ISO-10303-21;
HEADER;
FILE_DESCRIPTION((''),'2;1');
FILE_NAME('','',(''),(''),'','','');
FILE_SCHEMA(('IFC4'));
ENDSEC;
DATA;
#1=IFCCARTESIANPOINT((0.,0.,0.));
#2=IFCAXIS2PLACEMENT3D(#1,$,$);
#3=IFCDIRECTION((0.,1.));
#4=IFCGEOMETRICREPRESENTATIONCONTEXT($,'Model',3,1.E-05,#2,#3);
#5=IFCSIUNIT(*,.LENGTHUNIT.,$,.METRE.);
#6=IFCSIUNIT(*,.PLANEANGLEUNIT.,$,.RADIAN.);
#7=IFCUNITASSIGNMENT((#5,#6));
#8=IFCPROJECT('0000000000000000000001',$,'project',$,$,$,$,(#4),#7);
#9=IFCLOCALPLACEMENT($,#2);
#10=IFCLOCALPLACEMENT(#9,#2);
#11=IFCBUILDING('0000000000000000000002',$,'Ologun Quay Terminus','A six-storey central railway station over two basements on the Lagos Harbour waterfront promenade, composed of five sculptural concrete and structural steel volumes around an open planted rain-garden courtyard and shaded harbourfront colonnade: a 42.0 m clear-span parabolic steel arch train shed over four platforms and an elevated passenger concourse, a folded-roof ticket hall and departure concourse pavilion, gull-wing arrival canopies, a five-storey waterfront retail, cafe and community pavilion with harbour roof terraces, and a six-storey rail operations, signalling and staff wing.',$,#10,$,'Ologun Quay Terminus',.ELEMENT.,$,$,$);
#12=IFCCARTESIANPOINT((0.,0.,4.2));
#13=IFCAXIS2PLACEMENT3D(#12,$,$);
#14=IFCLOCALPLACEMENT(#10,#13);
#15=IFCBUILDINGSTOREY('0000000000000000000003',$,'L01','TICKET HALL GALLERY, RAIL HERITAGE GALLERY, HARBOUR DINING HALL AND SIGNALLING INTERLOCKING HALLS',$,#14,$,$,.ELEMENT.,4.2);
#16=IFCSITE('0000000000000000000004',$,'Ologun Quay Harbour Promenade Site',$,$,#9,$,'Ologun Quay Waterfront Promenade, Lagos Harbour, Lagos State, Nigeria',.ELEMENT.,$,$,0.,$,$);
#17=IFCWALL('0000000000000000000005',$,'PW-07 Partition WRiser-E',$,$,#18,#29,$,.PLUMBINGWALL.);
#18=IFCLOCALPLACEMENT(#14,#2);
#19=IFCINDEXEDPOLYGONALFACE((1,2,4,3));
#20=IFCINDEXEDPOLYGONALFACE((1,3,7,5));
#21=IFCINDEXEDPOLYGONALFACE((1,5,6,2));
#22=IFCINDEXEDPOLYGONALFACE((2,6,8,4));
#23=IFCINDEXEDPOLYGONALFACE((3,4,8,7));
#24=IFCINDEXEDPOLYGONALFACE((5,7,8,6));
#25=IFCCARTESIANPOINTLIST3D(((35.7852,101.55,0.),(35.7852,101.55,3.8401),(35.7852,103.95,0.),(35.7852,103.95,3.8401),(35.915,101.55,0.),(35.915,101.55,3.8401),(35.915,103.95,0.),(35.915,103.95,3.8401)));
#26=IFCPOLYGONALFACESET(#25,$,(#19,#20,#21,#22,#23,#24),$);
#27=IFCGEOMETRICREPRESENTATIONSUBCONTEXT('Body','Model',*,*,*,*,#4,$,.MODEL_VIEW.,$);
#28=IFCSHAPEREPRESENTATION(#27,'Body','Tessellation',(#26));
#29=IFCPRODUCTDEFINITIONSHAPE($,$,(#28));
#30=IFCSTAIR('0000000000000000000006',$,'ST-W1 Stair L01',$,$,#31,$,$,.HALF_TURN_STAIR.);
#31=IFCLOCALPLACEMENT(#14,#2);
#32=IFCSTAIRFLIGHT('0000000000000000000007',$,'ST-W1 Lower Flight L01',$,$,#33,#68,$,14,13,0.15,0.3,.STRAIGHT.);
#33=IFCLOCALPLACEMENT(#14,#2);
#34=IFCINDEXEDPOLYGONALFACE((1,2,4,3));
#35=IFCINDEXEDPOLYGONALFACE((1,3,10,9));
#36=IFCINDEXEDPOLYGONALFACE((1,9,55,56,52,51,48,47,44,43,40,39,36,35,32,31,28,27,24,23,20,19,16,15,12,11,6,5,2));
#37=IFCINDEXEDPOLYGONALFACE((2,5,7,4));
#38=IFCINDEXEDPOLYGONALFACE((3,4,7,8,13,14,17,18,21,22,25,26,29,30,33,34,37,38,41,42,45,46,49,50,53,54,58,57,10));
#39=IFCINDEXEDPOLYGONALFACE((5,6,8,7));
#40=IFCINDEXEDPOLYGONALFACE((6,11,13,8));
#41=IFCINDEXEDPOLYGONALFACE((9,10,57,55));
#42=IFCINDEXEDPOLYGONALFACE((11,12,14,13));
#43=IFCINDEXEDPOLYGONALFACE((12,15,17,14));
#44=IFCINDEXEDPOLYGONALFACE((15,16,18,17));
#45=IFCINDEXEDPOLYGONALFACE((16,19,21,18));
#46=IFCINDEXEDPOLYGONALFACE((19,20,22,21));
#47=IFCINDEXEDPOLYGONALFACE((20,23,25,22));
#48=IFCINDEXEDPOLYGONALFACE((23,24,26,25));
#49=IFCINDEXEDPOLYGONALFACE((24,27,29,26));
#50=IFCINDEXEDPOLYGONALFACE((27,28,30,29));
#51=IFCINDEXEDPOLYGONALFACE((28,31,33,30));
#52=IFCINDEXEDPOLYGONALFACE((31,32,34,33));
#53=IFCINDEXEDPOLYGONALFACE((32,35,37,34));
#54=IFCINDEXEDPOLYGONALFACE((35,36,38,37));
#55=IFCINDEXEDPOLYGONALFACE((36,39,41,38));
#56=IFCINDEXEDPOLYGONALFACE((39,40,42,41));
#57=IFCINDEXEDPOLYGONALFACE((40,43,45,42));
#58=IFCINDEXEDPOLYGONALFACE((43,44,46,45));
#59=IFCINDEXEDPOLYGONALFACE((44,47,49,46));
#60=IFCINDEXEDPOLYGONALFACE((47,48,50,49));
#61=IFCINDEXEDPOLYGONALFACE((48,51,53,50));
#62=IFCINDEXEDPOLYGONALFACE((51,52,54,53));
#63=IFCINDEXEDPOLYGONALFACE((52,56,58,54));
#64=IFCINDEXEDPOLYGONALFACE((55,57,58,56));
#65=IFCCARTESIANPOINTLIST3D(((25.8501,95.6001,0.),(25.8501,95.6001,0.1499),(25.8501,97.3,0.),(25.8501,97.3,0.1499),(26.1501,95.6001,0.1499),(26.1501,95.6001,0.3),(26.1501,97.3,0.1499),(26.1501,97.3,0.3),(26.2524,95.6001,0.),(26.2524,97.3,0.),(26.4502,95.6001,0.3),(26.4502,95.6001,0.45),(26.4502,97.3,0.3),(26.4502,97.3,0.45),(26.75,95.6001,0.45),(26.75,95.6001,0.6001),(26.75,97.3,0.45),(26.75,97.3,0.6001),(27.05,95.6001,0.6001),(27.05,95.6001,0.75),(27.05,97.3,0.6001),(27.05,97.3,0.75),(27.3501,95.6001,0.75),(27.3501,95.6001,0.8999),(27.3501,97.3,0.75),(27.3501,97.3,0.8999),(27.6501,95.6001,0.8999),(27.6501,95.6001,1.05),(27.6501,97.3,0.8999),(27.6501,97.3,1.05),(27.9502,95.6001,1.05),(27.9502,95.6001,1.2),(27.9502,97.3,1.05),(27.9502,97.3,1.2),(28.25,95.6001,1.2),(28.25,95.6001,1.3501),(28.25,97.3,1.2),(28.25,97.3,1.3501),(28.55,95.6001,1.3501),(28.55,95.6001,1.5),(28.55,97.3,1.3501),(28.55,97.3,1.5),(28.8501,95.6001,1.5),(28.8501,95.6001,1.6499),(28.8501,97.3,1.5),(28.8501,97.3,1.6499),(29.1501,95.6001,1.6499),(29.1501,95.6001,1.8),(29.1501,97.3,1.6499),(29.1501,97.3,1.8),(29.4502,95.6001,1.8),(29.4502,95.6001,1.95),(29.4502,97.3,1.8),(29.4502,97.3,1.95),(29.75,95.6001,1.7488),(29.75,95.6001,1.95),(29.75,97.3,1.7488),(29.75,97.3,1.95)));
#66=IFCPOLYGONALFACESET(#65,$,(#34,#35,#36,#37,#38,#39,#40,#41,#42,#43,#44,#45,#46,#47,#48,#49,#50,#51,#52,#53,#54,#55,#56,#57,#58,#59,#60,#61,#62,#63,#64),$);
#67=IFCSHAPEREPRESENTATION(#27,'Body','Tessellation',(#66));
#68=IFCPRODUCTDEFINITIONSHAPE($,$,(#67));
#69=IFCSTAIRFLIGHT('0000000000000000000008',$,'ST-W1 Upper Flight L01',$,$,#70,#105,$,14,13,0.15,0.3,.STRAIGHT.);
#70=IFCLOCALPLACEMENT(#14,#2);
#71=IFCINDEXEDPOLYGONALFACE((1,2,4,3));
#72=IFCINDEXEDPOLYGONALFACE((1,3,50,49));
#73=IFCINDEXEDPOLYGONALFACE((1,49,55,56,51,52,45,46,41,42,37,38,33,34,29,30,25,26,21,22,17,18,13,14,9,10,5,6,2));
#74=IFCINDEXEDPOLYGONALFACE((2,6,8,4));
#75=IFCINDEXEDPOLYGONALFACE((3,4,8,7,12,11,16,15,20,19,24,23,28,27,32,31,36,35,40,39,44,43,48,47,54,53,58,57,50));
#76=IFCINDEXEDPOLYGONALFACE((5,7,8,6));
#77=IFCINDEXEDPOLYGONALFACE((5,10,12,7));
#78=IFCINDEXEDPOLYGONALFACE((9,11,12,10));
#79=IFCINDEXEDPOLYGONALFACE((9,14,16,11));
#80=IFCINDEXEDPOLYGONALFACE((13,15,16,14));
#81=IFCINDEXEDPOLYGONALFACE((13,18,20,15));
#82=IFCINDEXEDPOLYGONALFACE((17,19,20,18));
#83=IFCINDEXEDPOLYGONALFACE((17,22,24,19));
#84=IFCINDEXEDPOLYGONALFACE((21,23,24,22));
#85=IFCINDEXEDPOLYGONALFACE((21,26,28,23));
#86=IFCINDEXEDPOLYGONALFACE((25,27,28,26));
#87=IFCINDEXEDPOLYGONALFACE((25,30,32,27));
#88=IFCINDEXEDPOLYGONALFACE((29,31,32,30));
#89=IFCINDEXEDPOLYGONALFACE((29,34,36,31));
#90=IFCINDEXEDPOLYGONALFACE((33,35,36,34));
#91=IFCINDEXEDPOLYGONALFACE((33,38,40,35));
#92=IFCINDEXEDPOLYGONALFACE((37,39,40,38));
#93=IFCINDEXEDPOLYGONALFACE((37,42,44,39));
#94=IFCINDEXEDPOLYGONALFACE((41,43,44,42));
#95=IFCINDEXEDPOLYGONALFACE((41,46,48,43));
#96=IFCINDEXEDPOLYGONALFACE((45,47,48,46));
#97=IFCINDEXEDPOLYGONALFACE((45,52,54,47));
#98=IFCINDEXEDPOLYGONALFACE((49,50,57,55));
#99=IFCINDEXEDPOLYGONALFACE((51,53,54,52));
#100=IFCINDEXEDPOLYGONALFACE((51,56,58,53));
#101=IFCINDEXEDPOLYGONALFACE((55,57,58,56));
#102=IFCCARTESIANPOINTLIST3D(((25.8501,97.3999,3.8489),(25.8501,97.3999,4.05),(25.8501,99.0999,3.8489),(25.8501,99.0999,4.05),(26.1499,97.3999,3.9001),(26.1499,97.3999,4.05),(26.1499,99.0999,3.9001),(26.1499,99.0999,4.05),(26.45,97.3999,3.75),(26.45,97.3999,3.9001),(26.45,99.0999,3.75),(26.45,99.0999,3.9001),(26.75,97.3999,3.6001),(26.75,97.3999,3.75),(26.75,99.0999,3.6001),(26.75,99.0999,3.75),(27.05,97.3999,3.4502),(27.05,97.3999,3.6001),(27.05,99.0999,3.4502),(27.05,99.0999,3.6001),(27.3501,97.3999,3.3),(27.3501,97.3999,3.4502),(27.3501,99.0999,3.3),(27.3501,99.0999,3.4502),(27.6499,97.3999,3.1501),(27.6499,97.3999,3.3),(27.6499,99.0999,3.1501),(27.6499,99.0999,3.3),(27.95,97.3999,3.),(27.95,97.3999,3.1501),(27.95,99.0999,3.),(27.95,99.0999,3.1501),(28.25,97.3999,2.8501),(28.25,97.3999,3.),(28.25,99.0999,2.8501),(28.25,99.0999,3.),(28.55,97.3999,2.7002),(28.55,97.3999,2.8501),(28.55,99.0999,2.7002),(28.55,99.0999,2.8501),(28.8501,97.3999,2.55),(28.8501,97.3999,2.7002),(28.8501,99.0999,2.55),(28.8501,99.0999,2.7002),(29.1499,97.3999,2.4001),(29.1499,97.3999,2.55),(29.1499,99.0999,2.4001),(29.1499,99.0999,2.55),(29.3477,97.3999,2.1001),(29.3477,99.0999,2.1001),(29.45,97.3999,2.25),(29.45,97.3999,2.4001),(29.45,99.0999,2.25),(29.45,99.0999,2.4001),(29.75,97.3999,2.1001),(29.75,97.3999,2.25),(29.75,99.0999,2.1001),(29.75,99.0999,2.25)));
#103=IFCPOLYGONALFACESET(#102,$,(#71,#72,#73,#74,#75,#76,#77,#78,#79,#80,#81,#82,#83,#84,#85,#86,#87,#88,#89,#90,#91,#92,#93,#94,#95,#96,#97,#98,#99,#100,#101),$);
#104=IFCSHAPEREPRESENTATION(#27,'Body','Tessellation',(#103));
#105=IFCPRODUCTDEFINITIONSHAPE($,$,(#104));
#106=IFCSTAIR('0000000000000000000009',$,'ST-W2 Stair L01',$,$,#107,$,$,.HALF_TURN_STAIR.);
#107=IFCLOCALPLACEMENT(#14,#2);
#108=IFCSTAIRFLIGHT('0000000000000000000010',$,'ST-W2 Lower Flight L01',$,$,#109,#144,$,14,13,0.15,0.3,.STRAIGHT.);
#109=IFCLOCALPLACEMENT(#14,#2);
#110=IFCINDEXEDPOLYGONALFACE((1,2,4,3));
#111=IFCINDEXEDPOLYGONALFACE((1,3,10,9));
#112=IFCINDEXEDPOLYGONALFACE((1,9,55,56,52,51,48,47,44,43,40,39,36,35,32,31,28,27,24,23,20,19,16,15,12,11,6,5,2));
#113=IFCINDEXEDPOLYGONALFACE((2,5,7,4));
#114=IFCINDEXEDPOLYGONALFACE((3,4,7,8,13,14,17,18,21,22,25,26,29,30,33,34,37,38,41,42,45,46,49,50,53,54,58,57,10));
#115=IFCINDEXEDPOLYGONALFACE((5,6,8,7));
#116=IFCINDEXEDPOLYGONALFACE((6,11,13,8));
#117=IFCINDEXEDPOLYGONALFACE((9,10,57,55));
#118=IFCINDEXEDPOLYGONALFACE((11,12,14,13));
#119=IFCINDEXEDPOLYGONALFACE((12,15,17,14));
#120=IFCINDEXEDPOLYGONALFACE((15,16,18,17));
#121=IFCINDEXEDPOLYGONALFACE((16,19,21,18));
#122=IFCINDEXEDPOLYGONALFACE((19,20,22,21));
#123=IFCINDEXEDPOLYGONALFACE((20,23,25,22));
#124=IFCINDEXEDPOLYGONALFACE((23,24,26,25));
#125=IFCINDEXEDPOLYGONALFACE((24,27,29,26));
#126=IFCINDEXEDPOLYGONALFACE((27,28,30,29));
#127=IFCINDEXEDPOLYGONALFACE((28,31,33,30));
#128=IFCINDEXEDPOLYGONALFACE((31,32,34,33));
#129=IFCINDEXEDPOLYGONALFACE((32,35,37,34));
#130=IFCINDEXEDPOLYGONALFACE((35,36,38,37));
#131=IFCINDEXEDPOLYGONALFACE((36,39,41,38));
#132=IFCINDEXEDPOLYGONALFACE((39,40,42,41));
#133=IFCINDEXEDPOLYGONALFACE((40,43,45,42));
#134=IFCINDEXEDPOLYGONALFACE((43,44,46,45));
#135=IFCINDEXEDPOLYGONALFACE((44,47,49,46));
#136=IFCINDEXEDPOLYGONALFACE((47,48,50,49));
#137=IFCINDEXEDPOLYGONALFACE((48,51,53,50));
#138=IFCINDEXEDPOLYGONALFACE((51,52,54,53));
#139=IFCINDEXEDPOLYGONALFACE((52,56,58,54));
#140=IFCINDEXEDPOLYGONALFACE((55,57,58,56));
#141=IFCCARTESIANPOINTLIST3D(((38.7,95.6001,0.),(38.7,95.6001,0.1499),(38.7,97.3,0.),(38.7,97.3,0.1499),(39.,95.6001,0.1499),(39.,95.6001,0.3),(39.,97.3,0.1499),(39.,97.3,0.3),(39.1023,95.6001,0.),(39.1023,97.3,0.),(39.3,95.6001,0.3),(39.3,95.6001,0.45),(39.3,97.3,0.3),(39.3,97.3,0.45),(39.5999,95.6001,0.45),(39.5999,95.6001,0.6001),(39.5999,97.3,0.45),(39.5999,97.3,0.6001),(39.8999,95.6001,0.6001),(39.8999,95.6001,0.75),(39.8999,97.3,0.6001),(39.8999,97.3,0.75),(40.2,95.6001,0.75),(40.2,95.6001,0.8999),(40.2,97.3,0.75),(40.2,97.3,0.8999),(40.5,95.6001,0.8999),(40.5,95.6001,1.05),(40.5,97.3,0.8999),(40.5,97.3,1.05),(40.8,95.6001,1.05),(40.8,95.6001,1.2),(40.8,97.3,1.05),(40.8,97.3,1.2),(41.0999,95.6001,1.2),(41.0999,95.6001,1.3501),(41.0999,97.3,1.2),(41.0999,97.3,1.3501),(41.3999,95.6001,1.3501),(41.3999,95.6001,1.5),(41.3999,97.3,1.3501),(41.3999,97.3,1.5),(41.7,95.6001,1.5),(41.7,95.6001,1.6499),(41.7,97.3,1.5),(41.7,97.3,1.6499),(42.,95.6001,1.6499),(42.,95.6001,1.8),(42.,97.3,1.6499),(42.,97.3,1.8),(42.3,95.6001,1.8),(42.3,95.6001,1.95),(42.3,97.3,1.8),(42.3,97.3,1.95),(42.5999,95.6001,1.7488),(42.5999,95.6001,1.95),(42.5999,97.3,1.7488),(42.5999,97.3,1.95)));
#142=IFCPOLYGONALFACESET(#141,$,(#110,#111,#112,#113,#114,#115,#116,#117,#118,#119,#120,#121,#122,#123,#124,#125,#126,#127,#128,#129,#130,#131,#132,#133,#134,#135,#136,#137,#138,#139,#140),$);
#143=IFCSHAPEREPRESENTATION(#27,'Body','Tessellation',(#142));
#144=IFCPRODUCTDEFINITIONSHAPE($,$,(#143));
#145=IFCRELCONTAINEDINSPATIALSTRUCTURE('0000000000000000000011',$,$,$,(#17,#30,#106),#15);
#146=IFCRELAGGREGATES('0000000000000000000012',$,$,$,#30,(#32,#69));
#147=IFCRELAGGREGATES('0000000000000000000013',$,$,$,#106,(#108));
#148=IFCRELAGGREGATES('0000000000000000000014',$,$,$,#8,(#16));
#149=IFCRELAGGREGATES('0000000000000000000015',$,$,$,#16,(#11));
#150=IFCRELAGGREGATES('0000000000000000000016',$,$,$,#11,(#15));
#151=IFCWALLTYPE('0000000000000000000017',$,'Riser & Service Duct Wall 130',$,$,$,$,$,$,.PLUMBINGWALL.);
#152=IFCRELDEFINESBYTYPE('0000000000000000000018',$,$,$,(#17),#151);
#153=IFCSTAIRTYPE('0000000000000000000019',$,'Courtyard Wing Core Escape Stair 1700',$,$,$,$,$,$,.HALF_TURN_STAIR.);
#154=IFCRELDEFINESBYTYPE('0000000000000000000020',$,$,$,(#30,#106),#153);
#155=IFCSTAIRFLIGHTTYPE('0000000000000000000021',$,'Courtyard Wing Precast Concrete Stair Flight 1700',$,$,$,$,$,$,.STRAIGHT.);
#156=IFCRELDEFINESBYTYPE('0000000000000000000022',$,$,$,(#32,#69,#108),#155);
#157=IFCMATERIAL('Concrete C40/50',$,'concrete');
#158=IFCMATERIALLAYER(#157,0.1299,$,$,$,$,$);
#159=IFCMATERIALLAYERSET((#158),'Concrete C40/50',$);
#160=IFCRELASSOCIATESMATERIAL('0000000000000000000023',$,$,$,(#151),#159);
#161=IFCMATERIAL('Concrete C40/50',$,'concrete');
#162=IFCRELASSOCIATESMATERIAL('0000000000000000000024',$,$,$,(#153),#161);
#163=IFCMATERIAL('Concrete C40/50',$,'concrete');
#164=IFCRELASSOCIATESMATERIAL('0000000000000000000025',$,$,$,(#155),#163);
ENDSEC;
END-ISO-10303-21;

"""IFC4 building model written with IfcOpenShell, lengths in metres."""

from ifc_helpers import new_model, si_unit, direction, frame, frame_2d, origin, place, context, subcontext, project, spatial, polyline, rectangle, outline, extrude, material, layer, layer_set, type_object, element, aggregate, save


model = new_model("IFC4")

# Units and contexts
model_context = context("Model", 3, precision=1e-05, world=origin(), true_north=direction((0.0, 1.0)))
body_context = subcontext(model_context, "Body", "Model", "MODEL_VIEW")
ifc_project = project(units=[si_unit("LENGTHUNIT", "METRE"), si_unit("PLANEANGLEUNIT", "RADIAN")], contexts=[model_context])

# Site, building, storey
site_placement = place(None, origin())
site = spatial("IfcSite", under=ifc_project, at=site_placement, Name="Ologun Quay Harbour Promenade Site", LongName="Ologun Quay Waterfront Promenade, Lagos Harbour, Lagos State, Nigeria", CompositionType="ELEMENT", RefElevation=0.0)
building_placement = place(site_placement, origin())
building = spatial("IfcBuilding", under=site, at=building_placement, Name="Ologun Quay Terminus", Description="A six-storey central railway station over two basements on the Lagos Harbour waterfront promenade, composed of five sculptural concrete and structural steel volumes around an open planted rain-garden courtyard and shaded harbourfront colonnade: a 42.0 m clear-span parabolic steel arch train shed over four platforms and an elevated passenger concourse, a folded-roof ticket hall and departure concourse pavilion, gull-wing arrival canopies, a five-storey waterfront retail, cafe and community pavilion with harbour roof terraces, and a six-storey rail operations, signalling and staff wing.", LongName="Ologun Quay Terminus", CompositionType="ELEMENT")
storey_placement = place(building_placement, frame((0.0, 0.0, 4.2)))
storey = spatial("IfcBuildingStorey", under=building, at=storey_placement, Name="L01", Description="TICKET HALL GALLERY, RAIL HERITAGE GALLERY, HARBOUR DINING HALL AND SIGNALLING INTERLOCKING HALLS", CompositionType="ELEMENT", Elevation=4.2)

# Shared definitions
ifc_material_1 = material(Name="Concrete C40/50", Category="concrete")
ifc_layer_1 = layer(ifc_material_1, 0.1299)
ifc_layer_set_1 = layer_set([ifc_layer_1], Name="Concrete C40/50")
wall_type_1 = type_object("IfcWallType", Name="Riser & Service Duct Wall 130", PredefinedType="PLUMBINGWALL", material=ifc_layer_set_1)

# Wall
for number, where, z_axis, x_axis, name in (
    (1, (35.8501, 101.55, 0.0), (0.0, 0.0, 1.0), (0.0, 1.0, 0.0), "PW-07 Partition WRiser-E"),
):
    element("IfcWall", number, at=place(storey_placement, frame(where, z_axis=z_axis, x_axis=x_axis)), inside=storey, type_object=wall_type_1, Name=name, PredefinedType="PLUMBINGWALL", context=body_context, shape_type="SweptSolid", body=[
        extrude(rectangle(XDim=2.3999, YDim=0.1299, at=frame_2d((1.2, 0.0))), origin(), (0.0, 0.0, 1.0), 3.8401),
    ])

# Stair, stair flights
ifc_material_2 = material(Name="Concrete C40/50", Category="concrete")
stair_type = type_object("IfcStairType", Name="Courtyard Wing Core Escape Stair 1700", PredefinedType="HALF_TURN_STAIR", material=ifc_material_2)
stair_1_placement = place(storey_placement, origin())
stair_1 = element("IfcStair", 2, at=stair_1_placement, inside=storey, type_object=stair_type, Name="ST-W1 Stair L01", PredefinedType="HALF_TURN_STAIR")
ifc_material_3 = material(Name="Concrete C40/50", Category="concrete")
stair_flight_type = type_object("IfcStairFlightType", Name="Courtyard Wing Precast Concrete Stair Flight 1700", PredefinedType="STRAIGHT", material=ifc_material_3)
stair_flight_1_placement = place(storey_placement, frame((25.8501, 96.45, 0.0), z_axis=(0.0, 0.0, 1.0), x_axis=(1.0, 0.0, 0.0)))
stair_flight_1 = element("IfcStairFlight", 3, at=stair_flight_1_placement, type_object=stair_flight_type, Name="ST-W1 Lower Flight L01", NumberOfRisers=14, NumberOfTreads=13, PredefinedType="STRAIGHT", RiserHeight=0.15, TreadLength=0.3, context=body_context, shape_type="SweptSolid", body=[
    extrude(outline(polyline([(0.0, 0.0), (0.0, 0.1499), (0.3, 0.1499), (0.3, 0.3), (0.6001, 0.3), (0.6001, 0.45), (0.8999, 0.45), (0.8999, 0.6001), (1.2, 0.6001), (1.2, 0.75), (1.5, 0.75), (1.5, 0.8999), (1.8, 0.8999), (1.8, 1.05), (2.1001, 1.05), (2.1001, 1.2), (2.3999, 1.2), (2.3999, 1.3501), (2.7, 1.3501), (2.7, 1.5), (3.0, 1.5), (3.0, 1.6499), (3.3, 1.6499), (3.3, 1.8), (3.6001, 1.8), (3.6001, 1.95), (3.8999, 1.95), (3.8999, 2.1001), (3.8999, 1.7488), (0.4023, 0.0), (0.0, 0.0)])), frame((0.0, 0.8501, 0.0), z_axis=(0.0, -1.0, 0.0), x_axis=(1.0, 0.0, 0.0)), (0.0, 0.0, 1.0), 1.7),
])
stair_flight_2_placement = place(storey_placement, frame((29.75, 98.25, 2.1001), z_axis=(0.0, 0.0, 1.0), x_axis=(-1.0, 0.0, 0.0)))
stair_flight_2 = element("IfcStairFlight", 4, at=stair_flight_2_placement, type_object=stair_flight_type, Name="ST-W1 Upper Flight L01", NumberOfRisers=14, NumberOfTreads=13, PredefinedType="STRAIGHT", RiserHeight=0.15, TreadLength=0.3, context=body_context, shape_type="SweptSolid", body=[
    extrude(outline(polyline([(0.0, 0.0), (0.0, 0.1499), (0.3, 0.1499), (0.3, 0.3), (0.6001, 0.3), (0.6001, 0.45), (0.8999, 0.45), (0.8999, 0.6001), (1.2, 0.6001), (1.2, 0.75), (1.5, 0.75), (1.5, 0.8999), (1.8, 0.8999), (1.8, 1.05), (2.1001, 1.05), (2.1001, 1.2), (2.3999, 1.2), (2.3999, 1.3501), (2.7, 1.3501), (2.7, 1.5), (3.0, 1.5), (3.0, 1.6499), (3.3, 1.6499), (3.3, 1.8), (3.6001, 1.8), (3.6001, 1.95), (3.8999, 1.95), (3.8999, 2.1001), (3.8999, 1.7488), (0.4023, 0.0), (0.0, 0.0)])), frame((0.0, 0.8501, 0.0), z_axis=(0.0, -1.0, 0.0), x_axis=(1.0, 0.0, 0.0)), (0.0, 0.0, 1.0), 1.7),
])
aggregate(stair_1, [stair_flight_1, stair_flight_2])

# Stair, stair flight
stair_2_placement = place(storey_placement, origin())
stair_2 = element("IfcStair", 5, at=stair_2_placement, inside=storey, type_object=stair_type, Name="ST-W2 Stair L01", PredefinedType="HALF_TURN_STAIR")
stair_flight_3_placement = place(storey_placement, frame((38.7, 96.45, 0.0), z_axis=(0.0, 0.0, 1.0), x_axis=(1.0, 0.0, 0.0)))
stair_flight_3 = element("IfcStairFlight", 6, at=stair_flight_3_placement, type_object=stair_flight_type, Name="ST-W2 Lower Flight L01", NumberOfRisers=14, NumberOfTreads=13, PredefinedType="STRAIGHT", RiserHeight=0.15, TreadLength=0.3, context=body_context, shape_type="SweptSolid", body=[
    extrude(outline(polyline([(0.0, 0.0), (0.0, 0.1499), (0.3, 0.1499), (0.3, 0.3), (0.6001, 0.3), (0.6001, 0.45), (0.8999, 0.45), (0.8999, 0.6001), (1.2, 0.6001), (1.2, 0.75), (1.5, 0.75), (1.5, 0.8999), (1.8, 0.8999), (1.8, 1.05), (2.1001, 1.05), (2.1001, 1.2), (2.3999, 1.2), (2.3999, 1.3501), (2.7, 1.3501), (2.7, 1.5), (3.0, 1.5), (3.0, 1.6499), (3.3, 1.6499), (3.3, 1.8), (3.6001, 1.8), (3.6001, 1.95), (3.8999, 1.95), (3.8999, 2.1001), (3.8999, 1.7488), (0.4023, 0.0), (0.0, 0.0)])), frame((0.0, 0.8501, 0.0), z_axis=(0.0, -1.0, 0.0), x_axis=(1.0, 0.0, 0.0)), (0.0, 0.0, 1.0), 1.7),
])
aggregate(stair_2, [stair_flight_3])

save(model, "model.ifc")
